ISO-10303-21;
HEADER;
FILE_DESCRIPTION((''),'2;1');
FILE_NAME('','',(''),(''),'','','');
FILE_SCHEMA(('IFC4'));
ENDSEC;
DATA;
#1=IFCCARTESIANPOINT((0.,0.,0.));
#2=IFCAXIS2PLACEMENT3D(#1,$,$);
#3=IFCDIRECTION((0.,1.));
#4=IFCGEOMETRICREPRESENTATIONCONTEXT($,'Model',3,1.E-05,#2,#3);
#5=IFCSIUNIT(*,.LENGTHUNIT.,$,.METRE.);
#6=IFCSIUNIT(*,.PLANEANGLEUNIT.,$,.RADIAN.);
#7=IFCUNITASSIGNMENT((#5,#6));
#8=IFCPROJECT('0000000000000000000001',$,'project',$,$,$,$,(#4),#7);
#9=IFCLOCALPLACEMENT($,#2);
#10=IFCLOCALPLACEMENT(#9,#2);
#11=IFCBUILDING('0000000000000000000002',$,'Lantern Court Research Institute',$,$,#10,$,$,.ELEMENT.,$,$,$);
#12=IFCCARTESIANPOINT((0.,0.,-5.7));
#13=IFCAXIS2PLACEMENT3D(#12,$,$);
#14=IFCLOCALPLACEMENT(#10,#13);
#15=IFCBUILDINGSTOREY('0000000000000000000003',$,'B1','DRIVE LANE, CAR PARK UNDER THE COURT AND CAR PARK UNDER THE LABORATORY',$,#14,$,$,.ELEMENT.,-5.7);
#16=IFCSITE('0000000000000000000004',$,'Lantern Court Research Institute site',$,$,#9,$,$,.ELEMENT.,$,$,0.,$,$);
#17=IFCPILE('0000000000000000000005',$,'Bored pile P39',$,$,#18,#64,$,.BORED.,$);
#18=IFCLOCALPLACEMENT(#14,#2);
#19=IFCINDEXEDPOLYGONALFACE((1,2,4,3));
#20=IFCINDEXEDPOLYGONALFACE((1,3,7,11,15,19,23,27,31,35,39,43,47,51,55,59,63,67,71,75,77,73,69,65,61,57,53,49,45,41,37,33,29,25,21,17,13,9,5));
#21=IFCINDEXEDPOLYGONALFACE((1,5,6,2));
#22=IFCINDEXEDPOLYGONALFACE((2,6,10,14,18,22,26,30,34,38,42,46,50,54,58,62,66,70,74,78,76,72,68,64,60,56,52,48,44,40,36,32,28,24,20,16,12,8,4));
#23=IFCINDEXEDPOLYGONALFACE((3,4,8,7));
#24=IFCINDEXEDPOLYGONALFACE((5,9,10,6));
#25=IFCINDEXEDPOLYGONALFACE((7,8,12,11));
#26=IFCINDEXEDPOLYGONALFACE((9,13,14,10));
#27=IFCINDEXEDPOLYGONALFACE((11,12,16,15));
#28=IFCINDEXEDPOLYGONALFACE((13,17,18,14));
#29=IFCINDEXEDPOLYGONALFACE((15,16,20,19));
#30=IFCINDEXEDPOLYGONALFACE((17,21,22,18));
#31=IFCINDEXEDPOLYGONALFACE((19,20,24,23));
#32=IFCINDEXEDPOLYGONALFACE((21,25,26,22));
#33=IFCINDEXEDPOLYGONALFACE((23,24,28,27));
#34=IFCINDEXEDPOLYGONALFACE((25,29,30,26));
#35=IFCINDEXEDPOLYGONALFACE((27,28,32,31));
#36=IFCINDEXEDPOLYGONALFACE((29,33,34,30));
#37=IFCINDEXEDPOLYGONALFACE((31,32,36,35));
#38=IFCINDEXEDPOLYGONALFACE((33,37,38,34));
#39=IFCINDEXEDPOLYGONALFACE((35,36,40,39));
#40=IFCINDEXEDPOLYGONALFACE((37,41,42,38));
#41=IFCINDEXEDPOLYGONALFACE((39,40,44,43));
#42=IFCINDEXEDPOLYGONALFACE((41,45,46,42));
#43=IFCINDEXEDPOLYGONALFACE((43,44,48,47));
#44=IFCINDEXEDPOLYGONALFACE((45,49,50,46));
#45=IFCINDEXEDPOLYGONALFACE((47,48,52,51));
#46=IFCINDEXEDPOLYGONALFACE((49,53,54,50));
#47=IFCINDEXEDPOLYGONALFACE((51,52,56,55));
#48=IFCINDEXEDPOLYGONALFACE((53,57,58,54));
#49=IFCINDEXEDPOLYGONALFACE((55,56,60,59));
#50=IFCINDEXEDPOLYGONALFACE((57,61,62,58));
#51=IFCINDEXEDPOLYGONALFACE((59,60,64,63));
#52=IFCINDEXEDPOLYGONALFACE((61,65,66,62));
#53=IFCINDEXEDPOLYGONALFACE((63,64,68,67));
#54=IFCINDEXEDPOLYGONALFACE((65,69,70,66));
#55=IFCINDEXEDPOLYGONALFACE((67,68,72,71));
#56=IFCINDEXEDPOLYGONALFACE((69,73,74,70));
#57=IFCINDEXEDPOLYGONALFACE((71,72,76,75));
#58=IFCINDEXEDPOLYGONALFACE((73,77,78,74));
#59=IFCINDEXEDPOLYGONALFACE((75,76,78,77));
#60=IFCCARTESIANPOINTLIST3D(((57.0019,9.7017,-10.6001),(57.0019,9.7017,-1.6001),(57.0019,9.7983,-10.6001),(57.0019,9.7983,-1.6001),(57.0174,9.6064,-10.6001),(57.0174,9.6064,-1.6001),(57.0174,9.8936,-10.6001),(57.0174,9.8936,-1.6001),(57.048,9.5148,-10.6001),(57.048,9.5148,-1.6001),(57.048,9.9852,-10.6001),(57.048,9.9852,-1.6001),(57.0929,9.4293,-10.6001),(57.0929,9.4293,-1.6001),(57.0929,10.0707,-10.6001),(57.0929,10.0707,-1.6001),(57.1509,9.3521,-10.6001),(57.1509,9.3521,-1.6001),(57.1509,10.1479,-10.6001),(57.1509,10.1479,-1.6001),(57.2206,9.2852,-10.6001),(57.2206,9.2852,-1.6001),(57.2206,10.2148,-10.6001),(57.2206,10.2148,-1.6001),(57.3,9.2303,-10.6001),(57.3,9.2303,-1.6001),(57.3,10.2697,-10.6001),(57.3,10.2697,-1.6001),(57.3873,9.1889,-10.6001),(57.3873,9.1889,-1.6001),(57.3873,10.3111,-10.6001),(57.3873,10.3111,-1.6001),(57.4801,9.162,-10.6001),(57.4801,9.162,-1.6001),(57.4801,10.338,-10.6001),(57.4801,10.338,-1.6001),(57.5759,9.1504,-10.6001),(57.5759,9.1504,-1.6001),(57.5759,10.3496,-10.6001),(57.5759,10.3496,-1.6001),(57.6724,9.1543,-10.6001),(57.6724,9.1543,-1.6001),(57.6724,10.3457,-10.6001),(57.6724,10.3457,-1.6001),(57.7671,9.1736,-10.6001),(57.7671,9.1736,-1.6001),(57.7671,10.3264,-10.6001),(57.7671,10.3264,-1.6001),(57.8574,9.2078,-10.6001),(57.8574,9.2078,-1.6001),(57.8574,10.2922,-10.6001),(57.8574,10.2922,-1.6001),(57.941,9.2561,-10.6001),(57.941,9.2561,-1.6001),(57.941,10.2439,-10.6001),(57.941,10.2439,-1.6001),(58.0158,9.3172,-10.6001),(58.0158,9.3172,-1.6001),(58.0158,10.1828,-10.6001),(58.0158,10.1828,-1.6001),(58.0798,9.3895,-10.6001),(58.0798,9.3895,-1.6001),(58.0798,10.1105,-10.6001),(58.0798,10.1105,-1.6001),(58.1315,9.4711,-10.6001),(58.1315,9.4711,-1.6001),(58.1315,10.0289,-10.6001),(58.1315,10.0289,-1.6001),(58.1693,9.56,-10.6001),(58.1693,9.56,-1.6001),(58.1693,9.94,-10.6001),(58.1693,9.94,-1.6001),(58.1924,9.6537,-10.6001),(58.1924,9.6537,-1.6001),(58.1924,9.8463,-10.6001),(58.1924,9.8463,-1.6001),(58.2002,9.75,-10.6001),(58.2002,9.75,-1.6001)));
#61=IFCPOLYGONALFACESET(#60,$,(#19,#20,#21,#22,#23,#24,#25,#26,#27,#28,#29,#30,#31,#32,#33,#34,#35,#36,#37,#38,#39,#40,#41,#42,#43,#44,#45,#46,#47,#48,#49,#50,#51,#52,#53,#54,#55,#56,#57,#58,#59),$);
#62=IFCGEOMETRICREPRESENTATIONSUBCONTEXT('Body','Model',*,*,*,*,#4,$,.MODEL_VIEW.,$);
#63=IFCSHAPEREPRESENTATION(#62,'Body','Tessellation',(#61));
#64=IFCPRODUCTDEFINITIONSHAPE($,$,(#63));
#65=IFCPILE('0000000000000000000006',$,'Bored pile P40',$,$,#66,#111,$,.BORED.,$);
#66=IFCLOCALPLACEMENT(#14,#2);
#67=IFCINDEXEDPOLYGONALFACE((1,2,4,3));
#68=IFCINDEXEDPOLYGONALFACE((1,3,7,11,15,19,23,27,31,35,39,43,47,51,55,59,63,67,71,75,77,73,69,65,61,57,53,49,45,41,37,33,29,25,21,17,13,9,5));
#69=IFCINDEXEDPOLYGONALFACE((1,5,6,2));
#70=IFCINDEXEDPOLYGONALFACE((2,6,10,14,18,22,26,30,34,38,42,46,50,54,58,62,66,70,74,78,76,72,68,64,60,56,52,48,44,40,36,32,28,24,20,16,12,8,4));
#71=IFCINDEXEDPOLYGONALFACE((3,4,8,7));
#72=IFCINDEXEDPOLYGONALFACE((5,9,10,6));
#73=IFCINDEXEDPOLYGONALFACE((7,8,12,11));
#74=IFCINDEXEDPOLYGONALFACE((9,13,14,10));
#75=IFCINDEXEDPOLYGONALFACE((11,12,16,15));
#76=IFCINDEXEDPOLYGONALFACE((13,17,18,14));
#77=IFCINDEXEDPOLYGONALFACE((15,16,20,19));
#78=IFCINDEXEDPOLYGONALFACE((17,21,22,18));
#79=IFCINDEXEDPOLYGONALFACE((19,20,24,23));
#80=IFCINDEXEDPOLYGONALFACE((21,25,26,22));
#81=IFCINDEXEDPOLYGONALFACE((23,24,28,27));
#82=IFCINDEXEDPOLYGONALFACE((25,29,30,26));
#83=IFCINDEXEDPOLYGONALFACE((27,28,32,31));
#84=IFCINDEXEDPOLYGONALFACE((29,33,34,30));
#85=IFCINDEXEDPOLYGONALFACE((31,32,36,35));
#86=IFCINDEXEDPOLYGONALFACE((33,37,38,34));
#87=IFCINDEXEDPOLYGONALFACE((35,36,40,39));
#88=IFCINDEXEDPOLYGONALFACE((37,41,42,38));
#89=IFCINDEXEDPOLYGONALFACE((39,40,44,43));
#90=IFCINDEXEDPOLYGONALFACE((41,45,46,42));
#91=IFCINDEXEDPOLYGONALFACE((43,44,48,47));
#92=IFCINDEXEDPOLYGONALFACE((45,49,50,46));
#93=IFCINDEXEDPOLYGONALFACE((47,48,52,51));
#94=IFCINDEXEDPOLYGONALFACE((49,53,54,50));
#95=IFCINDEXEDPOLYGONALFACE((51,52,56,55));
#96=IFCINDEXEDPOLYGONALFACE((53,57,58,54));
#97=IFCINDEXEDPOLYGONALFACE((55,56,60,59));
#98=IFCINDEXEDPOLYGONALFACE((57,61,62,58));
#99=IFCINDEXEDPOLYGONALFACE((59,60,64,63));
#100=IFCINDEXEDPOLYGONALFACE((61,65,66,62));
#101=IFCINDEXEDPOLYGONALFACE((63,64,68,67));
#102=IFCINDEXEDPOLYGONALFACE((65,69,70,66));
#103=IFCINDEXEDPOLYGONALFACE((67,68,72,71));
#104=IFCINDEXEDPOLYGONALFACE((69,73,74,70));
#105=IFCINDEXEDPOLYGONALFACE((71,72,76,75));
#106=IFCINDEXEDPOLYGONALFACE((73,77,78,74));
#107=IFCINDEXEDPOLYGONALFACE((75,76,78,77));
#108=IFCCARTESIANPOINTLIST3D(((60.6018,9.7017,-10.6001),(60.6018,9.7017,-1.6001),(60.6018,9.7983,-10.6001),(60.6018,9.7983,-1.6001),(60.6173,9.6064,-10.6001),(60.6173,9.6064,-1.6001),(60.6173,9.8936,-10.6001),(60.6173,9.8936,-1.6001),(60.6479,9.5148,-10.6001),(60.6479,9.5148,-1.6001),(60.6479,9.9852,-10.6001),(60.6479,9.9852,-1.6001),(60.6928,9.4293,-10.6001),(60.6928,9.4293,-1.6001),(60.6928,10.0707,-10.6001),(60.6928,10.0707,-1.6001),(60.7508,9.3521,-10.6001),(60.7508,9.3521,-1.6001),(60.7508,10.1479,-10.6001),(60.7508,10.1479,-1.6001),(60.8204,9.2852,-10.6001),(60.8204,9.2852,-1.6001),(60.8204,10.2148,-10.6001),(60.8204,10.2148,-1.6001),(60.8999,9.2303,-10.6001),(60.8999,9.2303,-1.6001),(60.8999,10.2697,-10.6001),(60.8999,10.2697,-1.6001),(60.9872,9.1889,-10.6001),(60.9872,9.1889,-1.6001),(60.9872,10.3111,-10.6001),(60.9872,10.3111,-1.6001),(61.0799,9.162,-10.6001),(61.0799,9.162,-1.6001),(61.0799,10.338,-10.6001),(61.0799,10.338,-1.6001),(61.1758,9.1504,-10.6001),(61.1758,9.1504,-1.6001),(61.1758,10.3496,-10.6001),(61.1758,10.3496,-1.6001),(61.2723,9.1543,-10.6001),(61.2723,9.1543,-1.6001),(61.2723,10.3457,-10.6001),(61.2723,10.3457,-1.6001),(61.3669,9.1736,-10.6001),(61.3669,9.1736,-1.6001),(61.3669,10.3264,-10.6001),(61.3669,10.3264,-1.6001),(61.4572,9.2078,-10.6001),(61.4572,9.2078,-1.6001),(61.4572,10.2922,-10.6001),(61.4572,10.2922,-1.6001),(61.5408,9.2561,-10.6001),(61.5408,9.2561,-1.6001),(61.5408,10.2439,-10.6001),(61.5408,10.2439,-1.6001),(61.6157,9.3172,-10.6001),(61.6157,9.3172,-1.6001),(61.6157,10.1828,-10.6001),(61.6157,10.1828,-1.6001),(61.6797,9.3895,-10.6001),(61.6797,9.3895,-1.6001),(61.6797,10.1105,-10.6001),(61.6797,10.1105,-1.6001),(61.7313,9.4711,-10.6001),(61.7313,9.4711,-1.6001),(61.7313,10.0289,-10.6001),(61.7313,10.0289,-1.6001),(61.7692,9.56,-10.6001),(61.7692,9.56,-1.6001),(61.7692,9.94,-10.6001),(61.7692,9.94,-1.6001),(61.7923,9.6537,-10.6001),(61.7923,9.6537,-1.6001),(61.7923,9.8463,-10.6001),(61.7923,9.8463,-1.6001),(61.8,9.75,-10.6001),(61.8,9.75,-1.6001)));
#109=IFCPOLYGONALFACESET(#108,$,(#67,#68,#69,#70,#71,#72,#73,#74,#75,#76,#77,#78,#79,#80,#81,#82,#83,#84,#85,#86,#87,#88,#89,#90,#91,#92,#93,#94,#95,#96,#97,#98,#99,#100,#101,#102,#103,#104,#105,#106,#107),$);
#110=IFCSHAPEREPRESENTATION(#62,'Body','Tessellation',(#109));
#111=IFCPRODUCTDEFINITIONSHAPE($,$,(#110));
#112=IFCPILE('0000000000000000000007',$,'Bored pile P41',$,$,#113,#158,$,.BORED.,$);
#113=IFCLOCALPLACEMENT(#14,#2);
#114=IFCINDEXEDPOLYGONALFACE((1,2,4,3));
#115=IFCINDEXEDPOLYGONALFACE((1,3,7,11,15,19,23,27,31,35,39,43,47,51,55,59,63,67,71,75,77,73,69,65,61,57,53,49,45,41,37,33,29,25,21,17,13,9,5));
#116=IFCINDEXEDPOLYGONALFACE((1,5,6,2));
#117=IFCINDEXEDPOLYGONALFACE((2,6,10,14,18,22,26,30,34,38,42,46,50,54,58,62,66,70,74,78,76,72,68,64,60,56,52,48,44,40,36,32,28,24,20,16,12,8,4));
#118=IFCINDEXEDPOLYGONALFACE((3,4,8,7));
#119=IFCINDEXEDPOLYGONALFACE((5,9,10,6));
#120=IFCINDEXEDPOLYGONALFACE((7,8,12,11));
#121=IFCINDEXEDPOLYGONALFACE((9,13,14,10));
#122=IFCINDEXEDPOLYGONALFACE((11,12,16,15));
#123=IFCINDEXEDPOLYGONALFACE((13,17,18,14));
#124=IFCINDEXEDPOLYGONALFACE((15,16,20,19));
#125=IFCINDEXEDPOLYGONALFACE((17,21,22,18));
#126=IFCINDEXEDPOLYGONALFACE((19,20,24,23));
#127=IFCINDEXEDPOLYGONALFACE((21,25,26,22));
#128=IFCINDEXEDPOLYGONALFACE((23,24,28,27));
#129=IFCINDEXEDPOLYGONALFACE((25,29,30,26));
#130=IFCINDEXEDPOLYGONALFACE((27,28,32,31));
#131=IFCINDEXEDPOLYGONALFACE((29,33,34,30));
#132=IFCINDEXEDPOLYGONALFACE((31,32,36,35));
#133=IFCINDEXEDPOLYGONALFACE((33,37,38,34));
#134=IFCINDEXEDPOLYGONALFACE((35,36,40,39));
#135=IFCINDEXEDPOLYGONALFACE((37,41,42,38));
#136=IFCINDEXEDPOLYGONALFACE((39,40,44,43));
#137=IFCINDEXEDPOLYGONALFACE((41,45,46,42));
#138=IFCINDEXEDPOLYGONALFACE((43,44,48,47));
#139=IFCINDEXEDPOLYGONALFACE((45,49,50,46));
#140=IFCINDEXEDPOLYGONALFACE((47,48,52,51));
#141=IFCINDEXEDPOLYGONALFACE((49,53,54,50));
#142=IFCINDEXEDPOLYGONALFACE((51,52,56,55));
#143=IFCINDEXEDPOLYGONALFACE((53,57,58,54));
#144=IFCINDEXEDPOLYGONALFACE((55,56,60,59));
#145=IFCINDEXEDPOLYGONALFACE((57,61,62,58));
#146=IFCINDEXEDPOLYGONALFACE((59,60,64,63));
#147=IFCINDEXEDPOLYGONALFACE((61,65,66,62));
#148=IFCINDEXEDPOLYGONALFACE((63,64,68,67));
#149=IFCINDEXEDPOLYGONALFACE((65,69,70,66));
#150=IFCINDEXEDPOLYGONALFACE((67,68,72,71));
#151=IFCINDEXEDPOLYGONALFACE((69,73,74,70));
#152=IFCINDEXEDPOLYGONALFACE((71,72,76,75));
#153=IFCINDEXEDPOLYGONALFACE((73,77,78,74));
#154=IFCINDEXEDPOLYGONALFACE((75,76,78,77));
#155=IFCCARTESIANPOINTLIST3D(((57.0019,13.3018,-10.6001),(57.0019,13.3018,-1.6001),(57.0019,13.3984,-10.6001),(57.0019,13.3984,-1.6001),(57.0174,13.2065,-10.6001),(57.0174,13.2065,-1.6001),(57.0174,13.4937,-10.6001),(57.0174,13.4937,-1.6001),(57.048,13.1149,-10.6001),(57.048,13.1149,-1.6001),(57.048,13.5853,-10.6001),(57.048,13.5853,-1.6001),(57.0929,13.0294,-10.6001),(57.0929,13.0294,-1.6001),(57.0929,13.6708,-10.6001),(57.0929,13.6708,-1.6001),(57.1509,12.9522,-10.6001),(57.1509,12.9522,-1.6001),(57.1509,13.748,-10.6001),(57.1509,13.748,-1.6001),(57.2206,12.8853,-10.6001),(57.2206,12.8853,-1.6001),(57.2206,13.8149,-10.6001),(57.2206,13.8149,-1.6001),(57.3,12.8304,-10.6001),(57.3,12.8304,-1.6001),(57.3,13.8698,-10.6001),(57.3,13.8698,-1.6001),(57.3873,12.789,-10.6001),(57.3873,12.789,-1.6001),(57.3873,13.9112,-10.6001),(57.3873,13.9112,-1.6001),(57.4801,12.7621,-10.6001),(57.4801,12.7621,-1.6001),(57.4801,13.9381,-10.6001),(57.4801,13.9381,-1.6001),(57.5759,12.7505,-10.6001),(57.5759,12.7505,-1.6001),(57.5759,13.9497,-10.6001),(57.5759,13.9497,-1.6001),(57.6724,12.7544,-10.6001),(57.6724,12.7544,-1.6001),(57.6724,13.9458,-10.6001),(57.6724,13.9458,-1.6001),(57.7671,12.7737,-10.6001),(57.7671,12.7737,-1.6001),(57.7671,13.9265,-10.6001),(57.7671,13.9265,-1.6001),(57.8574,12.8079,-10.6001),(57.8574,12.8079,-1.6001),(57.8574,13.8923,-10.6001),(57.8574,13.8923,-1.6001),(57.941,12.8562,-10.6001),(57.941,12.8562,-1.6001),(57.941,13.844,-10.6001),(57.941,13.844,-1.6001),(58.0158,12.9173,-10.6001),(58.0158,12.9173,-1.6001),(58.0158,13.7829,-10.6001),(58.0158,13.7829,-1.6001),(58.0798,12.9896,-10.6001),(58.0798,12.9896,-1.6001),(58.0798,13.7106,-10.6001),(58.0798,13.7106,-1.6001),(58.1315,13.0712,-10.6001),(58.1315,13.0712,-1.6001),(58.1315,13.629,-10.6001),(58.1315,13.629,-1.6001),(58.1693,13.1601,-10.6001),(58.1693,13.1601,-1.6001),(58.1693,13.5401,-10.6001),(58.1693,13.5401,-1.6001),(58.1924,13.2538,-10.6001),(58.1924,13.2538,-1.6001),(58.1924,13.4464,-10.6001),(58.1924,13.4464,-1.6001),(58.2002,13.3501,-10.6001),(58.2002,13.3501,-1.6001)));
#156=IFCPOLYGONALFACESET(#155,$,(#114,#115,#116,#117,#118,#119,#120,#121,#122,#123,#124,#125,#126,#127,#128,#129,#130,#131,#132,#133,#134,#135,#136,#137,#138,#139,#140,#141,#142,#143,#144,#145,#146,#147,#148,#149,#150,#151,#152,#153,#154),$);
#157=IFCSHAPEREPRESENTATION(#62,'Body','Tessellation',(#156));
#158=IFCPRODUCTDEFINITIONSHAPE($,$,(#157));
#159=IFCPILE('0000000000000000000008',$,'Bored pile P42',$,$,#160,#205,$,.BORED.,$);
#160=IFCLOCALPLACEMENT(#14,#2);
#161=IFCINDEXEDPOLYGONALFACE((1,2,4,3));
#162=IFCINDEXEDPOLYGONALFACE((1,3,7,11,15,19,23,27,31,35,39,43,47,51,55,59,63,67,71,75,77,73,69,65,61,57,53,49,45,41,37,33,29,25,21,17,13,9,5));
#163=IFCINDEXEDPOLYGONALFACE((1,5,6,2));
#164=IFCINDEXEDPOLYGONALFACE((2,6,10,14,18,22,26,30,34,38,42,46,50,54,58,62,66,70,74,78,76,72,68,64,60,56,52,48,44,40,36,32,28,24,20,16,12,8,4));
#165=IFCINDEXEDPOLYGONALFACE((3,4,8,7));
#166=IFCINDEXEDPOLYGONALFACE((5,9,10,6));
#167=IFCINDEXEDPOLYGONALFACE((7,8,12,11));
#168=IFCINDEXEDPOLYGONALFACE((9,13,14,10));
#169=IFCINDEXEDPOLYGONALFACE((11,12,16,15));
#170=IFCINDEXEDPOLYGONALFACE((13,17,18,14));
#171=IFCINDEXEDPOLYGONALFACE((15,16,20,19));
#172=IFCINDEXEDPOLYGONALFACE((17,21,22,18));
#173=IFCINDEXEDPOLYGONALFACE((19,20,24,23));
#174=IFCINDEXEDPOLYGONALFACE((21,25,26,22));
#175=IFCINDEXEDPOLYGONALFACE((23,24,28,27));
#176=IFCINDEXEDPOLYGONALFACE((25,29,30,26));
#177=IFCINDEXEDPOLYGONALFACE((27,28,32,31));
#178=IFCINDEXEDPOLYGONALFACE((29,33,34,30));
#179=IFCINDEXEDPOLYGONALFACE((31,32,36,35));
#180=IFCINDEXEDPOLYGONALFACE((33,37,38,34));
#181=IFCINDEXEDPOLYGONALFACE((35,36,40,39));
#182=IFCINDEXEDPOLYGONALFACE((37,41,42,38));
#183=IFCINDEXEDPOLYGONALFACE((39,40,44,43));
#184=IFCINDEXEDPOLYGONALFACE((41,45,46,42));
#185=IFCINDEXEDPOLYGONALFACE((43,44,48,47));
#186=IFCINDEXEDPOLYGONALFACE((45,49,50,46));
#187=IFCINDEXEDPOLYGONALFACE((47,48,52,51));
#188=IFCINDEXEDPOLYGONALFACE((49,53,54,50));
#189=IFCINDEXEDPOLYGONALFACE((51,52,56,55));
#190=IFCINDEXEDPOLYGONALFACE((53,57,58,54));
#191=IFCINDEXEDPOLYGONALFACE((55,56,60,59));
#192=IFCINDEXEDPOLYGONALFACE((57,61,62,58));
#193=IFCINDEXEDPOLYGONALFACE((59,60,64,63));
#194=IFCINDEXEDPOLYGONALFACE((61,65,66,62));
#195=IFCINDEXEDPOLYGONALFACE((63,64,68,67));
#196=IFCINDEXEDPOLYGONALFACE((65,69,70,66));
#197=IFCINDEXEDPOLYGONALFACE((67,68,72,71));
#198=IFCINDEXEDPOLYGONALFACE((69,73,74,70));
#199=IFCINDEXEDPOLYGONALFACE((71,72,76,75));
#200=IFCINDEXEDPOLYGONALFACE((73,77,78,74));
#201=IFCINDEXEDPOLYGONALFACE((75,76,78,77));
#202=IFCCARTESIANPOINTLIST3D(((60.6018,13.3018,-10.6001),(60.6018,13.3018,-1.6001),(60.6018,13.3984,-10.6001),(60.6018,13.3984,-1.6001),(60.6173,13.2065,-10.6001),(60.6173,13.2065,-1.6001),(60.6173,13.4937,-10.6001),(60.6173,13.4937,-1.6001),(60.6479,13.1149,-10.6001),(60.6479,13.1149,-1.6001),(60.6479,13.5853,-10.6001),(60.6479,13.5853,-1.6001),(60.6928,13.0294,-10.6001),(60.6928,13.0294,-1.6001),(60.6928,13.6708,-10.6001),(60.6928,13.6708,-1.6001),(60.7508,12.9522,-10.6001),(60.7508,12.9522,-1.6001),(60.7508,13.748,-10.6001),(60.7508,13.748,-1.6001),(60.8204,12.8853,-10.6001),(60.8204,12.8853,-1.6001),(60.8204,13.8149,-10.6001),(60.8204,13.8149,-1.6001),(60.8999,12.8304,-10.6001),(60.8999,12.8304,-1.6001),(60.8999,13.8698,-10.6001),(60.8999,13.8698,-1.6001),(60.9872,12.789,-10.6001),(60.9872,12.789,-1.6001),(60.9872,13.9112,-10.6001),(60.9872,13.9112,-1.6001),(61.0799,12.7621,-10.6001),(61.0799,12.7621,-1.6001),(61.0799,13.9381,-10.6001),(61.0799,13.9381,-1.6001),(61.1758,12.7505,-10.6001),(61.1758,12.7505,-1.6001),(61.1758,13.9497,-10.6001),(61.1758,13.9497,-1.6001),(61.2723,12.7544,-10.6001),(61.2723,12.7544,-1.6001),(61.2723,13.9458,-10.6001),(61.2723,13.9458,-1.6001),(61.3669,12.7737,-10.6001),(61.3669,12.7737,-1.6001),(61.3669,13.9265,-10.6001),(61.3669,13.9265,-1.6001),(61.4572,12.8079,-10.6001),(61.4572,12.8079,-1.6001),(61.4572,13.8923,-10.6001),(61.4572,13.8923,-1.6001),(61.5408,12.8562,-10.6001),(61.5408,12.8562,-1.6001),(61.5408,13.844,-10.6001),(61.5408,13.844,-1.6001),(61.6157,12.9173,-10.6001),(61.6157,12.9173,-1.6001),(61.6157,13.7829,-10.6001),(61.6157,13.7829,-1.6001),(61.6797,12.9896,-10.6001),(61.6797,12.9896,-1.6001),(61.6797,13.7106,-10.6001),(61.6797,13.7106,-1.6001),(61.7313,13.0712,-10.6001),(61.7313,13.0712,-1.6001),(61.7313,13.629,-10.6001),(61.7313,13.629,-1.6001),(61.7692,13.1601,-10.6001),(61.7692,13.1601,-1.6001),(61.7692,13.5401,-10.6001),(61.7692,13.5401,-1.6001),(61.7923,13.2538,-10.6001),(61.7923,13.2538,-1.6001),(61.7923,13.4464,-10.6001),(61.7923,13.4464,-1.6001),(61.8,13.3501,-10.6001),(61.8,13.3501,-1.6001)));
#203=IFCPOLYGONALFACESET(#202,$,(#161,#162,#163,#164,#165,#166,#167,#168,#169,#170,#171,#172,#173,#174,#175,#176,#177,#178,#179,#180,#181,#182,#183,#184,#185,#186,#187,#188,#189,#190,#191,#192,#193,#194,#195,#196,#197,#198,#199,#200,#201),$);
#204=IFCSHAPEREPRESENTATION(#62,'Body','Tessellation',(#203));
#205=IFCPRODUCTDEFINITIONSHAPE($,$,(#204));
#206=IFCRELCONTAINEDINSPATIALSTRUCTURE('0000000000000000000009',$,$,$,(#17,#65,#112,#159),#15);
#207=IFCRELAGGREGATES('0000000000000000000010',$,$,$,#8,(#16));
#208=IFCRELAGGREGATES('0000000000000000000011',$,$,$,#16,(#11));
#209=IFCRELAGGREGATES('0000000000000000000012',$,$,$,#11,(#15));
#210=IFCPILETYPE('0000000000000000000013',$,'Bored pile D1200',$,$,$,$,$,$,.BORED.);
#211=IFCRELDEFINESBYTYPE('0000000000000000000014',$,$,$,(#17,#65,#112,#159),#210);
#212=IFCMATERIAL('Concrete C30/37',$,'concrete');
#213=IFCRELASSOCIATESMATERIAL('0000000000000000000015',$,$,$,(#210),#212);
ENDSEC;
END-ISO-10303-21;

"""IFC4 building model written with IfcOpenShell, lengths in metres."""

from ifc_helpers import new_model, si_unit, direction, frame, origin, origin_2d, place, context, subcontext, project, spatial, circle, extrude, material, material_profile, profile_set, type_object, element, save


model = new_model("IFC4")

# Units and contexts
model_context = context("Model", 3, precision=1e-05, world=origin(), true_north=direction((0.0, 1.0)))
body_context = subcontext(model_context, "Body", "Model", "MODEL_VIEW")
ifc_project = project(units=[si_unit("LENGTHUNIT", "METRE"), si_unit("PLANEANGLEUNIT", "RADIAN")], contexts=[model_context])

# Site, building, storey
site_placement = place(None, origin())
site = spatial("IfcSite", under=ifc_project, at=site_placement, Name="Lantern Court Research Institute site", CompositionType="ELEMENT", RefElevation=0.0)
building_placement = place(site_placement, origin())
building = spatial("IfcBuilding", under=site, at=building_placement, Name="Lantern Court Research Institute", CompositionType="ELEMENT")
storey_placement = place(building_placement, frame((0.0, 0.0, -5.7)))
storey = spatial("IfcBuildingStorey", under=building, at=storey_placement, Name="B1", Description="DRIVE LANE, CAR PARK UNDER THE COURT AND CAR PARK UNDER THE LABORATORY", CompositionType="ELEMENT", Elevation=-5.7)

# Piles
ifc_material_1 = material(Name="Concrete C30/37", Category="concrete")
ifc_material_profile_1 = material_profile(ifc_material_1, circle(Radius=0.6001, at=origin_2d()), Name="Bored pile D1200")
ifc_profile_set_1 = profile_set([ifc_material_profile_1], Name="Concrete C30/37")
pile_type = type_object("IfcPileType", Name="Bored pile D1200", PredefinedType="BORED", material=ifc_profile_set_1)
for number, where, z_axis, x_axis, name in (
    (1, (57.6001, 9.75, -1.6001), (0.0, 0.0, -1.0), (1.0, 0.0, 0.0), "Bored pile P39"),
    (2, (61.2, 9.75, -1.6001), (0.0, 0.0, -1.0), (1.0, 0.0, 0.0), "Bored pile P40"),
    (3, (57.6001, 13.3501, -1.6001), (0.0, 0.0, -1.0), (1.0, 0.0, 0.0), "Bored pile P41"),
    (4, (61.2, 13.3501, -1.6001), (0.0, 0.0, -1.0), (1.0, 0.0, 0.0), "Bored pile P42"),
):
    element("IfcPile", number, at=place(storey_placement, frame(where, z_axis=z_axis, x_axis=x_axis)), inside=storey, type_object=pile_type, Name=name, PredefinedType="BORED", context=body_context, shape_type="SweptSolid", body=[
        extrude(circle(Radius=0.6001, at=origin_2d()), origin(), (0.0, 0.0, 1.0), 9.0),
    ])

save(model, "model.ifc")
